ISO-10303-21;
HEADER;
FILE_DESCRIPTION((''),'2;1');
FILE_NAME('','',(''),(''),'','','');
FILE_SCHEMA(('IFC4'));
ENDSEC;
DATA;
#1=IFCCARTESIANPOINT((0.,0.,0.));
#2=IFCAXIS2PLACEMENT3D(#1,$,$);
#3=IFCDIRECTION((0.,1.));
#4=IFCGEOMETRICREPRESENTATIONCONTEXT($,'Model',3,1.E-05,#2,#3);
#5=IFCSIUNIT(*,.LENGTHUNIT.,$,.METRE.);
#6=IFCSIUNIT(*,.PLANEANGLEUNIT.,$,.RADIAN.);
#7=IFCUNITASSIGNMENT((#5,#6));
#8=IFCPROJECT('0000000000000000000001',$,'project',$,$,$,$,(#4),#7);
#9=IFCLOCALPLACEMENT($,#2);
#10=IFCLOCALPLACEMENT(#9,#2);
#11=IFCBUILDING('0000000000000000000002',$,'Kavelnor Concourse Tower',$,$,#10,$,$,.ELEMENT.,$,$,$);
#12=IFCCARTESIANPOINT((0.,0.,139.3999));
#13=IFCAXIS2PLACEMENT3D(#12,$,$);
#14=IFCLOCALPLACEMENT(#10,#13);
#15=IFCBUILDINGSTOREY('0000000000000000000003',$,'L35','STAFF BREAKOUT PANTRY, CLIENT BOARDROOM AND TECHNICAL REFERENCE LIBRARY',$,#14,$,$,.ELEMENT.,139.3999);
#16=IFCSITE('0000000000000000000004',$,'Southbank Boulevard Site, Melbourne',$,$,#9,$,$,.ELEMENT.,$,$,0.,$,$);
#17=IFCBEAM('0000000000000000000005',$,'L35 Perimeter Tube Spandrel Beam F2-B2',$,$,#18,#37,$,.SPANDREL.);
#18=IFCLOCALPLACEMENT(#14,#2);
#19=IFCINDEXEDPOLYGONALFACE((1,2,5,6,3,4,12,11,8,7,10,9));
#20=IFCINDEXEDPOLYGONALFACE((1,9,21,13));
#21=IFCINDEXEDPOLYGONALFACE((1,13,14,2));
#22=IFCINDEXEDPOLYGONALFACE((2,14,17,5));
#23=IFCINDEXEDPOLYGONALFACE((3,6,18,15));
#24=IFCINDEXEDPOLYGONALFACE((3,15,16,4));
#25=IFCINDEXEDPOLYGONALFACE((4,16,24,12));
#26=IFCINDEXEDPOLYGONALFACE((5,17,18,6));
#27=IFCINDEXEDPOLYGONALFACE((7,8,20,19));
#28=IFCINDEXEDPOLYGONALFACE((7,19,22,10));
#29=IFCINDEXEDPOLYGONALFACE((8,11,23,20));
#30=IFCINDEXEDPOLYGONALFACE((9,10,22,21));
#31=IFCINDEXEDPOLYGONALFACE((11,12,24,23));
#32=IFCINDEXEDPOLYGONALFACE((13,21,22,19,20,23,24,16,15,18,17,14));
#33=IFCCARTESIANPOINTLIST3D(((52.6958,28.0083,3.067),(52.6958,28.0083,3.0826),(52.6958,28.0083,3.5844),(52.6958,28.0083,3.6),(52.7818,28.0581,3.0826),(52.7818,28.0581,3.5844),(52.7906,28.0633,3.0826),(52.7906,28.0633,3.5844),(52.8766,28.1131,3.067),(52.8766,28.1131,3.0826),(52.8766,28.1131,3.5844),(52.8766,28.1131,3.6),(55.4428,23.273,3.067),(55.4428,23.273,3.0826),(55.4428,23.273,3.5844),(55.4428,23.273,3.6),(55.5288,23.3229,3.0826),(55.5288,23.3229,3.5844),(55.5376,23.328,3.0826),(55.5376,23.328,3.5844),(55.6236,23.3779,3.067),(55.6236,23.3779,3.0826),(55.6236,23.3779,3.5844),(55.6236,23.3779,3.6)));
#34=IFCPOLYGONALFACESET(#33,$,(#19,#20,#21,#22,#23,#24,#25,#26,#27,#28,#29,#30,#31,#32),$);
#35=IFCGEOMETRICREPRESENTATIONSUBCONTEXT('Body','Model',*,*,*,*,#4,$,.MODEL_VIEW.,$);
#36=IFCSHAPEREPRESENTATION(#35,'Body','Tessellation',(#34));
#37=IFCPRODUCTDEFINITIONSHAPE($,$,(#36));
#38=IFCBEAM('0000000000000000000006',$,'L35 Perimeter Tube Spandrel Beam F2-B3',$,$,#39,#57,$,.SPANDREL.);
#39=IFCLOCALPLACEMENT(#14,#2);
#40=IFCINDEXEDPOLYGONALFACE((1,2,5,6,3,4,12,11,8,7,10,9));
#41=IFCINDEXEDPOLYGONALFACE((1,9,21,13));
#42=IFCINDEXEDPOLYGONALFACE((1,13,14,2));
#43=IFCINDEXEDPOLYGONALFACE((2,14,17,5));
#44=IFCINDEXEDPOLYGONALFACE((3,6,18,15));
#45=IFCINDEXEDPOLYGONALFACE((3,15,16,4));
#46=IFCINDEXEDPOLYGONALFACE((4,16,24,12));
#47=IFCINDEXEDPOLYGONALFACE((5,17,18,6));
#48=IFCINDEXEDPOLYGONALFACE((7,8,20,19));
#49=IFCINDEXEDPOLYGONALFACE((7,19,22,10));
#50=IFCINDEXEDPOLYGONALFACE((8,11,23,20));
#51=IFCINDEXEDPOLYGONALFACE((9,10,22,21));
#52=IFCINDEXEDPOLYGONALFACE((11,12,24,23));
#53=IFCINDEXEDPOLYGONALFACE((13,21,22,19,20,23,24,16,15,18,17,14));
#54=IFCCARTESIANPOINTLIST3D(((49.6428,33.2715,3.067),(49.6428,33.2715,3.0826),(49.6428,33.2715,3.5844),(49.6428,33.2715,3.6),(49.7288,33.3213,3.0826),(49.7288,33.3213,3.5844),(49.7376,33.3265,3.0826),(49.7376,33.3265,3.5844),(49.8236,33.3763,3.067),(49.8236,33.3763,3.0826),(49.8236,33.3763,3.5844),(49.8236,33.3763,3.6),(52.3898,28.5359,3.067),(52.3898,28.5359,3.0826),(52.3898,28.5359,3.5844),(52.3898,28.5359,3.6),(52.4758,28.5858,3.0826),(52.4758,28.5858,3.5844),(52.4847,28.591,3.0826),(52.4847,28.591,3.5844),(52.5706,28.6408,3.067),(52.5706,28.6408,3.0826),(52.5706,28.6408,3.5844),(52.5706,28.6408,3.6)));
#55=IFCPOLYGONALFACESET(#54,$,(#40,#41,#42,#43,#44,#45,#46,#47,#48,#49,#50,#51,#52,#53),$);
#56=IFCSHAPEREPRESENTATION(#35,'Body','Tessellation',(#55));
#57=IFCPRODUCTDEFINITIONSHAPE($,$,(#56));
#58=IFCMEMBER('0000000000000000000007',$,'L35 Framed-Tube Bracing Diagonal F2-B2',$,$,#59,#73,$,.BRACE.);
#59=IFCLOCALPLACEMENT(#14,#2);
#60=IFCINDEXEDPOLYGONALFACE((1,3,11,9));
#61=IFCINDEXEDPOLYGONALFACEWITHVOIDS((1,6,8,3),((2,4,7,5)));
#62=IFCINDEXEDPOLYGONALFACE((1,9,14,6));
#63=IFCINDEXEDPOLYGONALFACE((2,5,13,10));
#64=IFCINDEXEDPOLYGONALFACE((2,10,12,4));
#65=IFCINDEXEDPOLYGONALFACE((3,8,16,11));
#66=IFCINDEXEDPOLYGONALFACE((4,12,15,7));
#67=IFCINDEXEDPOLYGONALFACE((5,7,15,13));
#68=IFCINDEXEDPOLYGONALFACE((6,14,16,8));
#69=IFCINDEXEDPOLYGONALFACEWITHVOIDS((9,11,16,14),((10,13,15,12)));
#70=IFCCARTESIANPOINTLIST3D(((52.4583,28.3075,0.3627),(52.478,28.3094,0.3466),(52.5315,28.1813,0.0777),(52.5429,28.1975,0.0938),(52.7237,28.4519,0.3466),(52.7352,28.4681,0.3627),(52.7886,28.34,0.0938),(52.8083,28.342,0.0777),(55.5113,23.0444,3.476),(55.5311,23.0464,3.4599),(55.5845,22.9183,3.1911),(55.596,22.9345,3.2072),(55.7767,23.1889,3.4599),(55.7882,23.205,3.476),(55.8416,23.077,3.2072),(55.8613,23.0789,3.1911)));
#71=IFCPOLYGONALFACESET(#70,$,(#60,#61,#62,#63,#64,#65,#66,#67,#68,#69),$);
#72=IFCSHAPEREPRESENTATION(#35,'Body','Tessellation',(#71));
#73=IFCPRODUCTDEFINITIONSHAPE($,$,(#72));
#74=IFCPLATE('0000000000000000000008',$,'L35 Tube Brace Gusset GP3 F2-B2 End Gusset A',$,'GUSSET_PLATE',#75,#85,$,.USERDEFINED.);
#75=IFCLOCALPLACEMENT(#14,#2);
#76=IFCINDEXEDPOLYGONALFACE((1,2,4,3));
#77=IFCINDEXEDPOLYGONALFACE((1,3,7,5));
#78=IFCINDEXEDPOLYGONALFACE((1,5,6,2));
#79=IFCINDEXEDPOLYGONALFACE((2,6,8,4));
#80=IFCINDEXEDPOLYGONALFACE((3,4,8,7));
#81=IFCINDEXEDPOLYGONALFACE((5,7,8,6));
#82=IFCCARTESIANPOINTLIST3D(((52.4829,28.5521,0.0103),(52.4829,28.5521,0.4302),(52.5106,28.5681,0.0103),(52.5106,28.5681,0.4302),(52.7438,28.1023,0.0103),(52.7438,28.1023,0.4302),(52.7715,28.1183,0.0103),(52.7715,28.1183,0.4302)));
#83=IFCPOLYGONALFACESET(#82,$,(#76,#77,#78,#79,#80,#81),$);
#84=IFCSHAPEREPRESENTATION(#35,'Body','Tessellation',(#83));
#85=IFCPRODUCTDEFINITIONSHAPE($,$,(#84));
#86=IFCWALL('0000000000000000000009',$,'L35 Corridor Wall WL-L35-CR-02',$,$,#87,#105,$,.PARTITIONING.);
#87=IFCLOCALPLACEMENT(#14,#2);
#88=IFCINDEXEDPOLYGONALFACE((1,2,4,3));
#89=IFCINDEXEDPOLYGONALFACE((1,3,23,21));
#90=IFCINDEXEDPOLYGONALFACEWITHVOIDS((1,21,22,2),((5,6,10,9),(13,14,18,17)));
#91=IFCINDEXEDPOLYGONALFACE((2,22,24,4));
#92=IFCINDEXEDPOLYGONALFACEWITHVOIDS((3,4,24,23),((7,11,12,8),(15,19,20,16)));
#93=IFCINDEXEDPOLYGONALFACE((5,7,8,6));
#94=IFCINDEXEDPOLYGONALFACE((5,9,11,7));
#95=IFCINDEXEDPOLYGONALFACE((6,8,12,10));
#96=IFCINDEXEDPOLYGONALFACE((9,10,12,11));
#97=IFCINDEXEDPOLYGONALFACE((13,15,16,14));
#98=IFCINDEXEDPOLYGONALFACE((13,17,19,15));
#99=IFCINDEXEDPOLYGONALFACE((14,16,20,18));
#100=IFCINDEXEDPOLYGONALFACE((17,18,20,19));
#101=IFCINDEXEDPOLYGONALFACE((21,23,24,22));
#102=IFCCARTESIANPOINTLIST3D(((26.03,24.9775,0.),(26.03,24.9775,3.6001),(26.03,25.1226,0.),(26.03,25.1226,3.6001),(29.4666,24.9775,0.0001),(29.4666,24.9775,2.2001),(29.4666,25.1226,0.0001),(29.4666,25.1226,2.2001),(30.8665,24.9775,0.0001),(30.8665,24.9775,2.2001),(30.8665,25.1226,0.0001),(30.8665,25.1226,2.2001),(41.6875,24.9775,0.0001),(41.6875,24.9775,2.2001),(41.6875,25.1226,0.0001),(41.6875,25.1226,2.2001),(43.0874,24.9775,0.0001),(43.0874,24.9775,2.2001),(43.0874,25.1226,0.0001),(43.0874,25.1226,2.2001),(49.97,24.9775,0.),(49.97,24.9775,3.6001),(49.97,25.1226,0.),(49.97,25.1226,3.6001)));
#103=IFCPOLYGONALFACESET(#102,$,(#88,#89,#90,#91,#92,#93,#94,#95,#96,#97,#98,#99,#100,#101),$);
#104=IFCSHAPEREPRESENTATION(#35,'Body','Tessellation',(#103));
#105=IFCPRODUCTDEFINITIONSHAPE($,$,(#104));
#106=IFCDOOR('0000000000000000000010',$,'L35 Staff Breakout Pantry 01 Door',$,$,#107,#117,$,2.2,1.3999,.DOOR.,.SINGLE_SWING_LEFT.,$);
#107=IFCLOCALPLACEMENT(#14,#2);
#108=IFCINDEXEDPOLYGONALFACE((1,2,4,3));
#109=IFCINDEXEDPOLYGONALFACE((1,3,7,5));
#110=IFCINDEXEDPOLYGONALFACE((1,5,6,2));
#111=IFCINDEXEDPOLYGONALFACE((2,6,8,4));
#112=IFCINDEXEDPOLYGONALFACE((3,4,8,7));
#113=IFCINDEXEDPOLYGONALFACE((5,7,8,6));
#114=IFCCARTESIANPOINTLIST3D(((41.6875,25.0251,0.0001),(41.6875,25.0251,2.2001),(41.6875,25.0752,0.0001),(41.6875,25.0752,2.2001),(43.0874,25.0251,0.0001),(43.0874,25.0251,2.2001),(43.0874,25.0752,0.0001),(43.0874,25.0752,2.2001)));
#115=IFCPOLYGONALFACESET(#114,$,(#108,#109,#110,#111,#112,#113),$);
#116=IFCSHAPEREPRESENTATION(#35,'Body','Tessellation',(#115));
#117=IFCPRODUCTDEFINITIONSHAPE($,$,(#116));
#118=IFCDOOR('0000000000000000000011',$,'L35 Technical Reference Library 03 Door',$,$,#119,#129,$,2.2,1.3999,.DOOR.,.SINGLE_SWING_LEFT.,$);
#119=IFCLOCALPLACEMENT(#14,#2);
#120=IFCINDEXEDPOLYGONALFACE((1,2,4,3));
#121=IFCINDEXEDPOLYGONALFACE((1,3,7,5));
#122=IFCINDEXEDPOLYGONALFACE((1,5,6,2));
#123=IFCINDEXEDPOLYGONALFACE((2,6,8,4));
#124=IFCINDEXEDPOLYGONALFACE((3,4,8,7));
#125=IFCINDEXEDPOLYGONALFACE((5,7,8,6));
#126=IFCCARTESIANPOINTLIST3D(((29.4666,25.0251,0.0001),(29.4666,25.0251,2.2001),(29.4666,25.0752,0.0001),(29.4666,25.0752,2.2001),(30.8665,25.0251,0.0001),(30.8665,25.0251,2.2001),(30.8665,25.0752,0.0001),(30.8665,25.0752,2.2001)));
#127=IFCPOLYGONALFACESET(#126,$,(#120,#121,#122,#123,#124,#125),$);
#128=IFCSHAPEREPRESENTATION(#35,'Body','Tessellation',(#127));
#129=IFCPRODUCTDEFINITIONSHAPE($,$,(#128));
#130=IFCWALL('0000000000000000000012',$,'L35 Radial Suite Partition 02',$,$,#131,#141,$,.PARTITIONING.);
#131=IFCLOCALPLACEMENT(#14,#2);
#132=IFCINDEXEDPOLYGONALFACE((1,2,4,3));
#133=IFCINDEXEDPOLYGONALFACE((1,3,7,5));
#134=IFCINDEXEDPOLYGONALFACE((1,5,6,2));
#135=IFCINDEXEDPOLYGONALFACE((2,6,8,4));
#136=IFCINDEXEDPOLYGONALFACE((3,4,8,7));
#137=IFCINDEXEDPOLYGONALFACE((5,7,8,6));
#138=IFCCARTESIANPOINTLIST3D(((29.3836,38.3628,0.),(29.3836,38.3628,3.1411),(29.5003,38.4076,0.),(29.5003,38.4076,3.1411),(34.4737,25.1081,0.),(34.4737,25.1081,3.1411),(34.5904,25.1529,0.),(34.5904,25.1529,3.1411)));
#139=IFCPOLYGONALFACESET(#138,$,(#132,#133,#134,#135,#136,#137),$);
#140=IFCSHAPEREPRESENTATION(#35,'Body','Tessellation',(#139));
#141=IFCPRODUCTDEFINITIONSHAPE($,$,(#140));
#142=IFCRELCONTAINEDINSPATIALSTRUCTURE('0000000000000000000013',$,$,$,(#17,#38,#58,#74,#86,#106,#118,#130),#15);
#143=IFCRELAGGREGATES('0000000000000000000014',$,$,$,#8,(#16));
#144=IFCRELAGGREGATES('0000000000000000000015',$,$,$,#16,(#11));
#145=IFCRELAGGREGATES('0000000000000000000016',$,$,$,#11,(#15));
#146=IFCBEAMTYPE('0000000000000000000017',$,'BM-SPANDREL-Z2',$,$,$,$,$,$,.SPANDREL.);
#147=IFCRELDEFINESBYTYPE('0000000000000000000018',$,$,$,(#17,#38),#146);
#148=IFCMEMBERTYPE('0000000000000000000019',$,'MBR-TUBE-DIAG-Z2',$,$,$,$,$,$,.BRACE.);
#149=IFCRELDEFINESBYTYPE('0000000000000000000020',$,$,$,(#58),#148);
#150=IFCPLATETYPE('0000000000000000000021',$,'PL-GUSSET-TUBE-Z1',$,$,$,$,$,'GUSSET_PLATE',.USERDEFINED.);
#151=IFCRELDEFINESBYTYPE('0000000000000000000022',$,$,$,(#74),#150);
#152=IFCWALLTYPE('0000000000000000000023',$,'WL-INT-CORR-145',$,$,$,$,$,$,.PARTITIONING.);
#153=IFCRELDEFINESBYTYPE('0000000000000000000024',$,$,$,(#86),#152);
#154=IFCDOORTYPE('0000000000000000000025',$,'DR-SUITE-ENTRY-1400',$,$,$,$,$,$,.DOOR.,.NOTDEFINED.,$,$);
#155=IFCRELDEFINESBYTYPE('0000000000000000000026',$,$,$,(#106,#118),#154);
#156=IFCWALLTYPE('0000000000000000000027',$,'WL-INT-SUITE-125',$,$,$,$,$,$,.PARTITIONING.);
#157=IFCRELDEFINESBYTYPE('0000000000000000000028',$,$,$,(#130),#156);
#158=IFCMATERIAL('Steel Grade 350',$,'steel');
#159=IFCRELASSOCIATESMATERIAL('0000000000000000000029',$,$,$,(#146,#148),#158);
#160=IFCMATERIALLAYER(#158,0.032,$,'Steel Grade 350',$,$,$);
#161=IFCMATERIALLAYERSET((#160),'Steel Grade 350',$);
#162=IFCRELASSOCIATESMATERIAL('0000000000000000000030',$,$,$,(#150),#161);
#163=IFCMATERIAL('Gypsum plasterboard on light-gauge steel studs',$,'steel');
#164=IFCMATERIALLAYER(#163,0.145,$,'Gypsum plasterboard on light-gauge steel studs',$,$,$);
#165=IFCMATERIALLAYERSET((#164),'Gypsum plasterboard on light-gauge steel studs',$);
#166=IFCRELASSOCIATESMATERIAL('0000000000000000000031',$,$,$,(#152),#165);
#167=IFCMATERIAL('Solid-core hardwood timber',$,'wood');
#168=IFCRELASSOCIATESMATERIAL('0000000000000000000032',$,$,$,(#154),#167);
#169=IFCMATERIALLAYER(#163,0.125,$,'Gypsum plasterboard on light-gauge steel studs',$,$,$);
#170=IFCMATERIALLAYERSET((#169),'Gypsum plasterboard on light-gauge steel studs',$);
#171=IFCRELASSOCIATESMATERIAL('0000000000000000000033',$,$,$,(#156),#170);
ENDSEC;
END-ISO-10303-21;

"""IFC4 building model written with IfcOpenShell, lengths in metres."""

from ifc_helpers import new_model, si_unit, direction, frame, frame_2d, origin, origin_2d, place, context, subcontext, project, spatial, rectangle, hollow_rectangle, i_section, extrude, material, layer, layer_set, material_profile, profile_set, type_object, element, fill, save


model = new_model("IFC4")

# Units and contexts
model_context = context("Model", 3, precision=1e-05, world=origin(), true_north=direction((0.0, 1.0)))
body_context = subcontext(model_context, "Body", "Model", "MODEL_VIEW")
ifc_project = project(units=[si_unit("LENGTHUNIT", "METRE"), si_unit("PLANEANGLEUNIT", "RADIAN")], contexts=[model_context])

# Site, building, storey
site_placement = place(None, origin())
site = spatial("IfcSite", under=ifc_project, at=site_placement, Name="Southbank Boulevard Site, Melbourne", CompositionType="ELEMENT", RefElevation=0.0)
building_placement = place(site_placement, origin())
building = spatial("IfcBuilding", under=site, at=building_placement, Name="Kavelnor Concourse Tower", CompositionType="ELEMENT")
storey_placement = place(building_placement, frame((0.0, 0.0, 139.3999)))
storey = spatial("IfcBuildingStorey", under=building, at=storey_placement, Name="L35", Description="STAFF BREAKOUT PANTRY, CLIENT BOARDROOM AND TECHNICAL REFERENCE LIBRARY", CompositionType="ELEMENT", Elevation=139.3999)

# Shared definitions
ifc_material_1 = material(Name="Steel Grade 350", Category="steel")

# Beams
ifc_material_profile_1 = material_profile(ifc_material_1, i_section(OverallWidth=0.209, OverallDepth=0.533, WebThickness=0.0103, FlangeThickness=0.0156, at=origin_2d()), Name="530UB92")
ifc_profile_set_1 = profile_set([ifc_material_profile_1], Name="Steel Grade 350")
beam_type_1 = type_object("IfcBeamType", Name="BM-SPANDREL-Z2", PredefinedType="SPANDREL", material=ifc_profile_set_1)
beam_1_placement = place(storey_placement, frame((55.5332, 23.3254, 3.3335), z_axis=(-0.501796, 0.864986, 0.0), x_axis=(-0.864986, -0.501796, 0.0)))
element("IfcBeam", 1, at=beam_1_placement, inside=storey, type_object=beam_type_1, Name="L35 Perimeter Tube Spandrel Beam F2-B2", PredefinedType="SPANDREL", context=body_context, shape_type="SweptSolid", body=[
    extrude(i_section(OverallWidth=0.209, OverallDepth=0.533, WebThickness=0.0103, FlangeThickness=0.0156, at=origin_2d()), origin(), (0.0, 0.0, 1.0), 5.4744),
])
beam_2_placement = place(storey_placement, frame((52.4802, 28.5884, 3.3335), z_axis=(-0.501776, 0.864998, 0.0), x_axis=(-0.864998, -0.501776, 0.0)))
element("IfcBeam", 2, at=beam_2_placement, inside=storey, type_object=beam_type_1, Name="L35 Perimeter Tube Spandrel Beam F2-B3", PredefinedType="SPANDREL", context=body_context, shape_type="SweptSolid", body=[
    extrude(i_section(OverallWidth=0.209, OverallDepth=0.533, WebThickness=0.0103, FlangeThickness=0.0156, at=origin_2d()), origin(), (0.0, 0.0, 1.0), 5.4746),
])

# Member
ifc_material_profile_2 = material_profile(ifc_material_1, hollow_rectangle(XDim=0.3201, YDim=0.3201, WallThickness=0.0181, at=origin_2d()), Name="SHS 320x320x18")
ifc_profile_set_2 = profile_set([ifc_material_profile_2], Name="Steel Grade 350")
member_type = type_object("IfcMemberType", Name="MBR-TUBE-DIAG-Z2", PredefinedType="BRACE", material=ifc_profile_set_2)
member_placement = place(storey_placement, frame((52.6333, 28.3247, 0.2202), z_axis=(0.446695, -0.770044, 0.455518), x_axis=(0.864997, 0.501776, 0.0)))
element("IfcMember", 3, at=member_placement, inside=storey, type_object=member_type, Name="L35 Framed-Tube Bracing Diagonal F2-B2", PredefinedType="BRACE", context=body_context, shape_type="SweptSolid", body=[
    extrude(hollow_rectangle(XDim=0.3201, YDim=0.3201, WallThickness=0.0181, at=origin_2d()), origin(), (0.0, 0.0, 1.0), 6.8347),
])

# Plate
ifc_layer_1 = layer(ifc_material_1, 0.032, Name="Steel Grade 350")
ifc_layer_set_1 = layer_set([ifc_layer_1], Name="Steel Grade 350")
plate_type = type_object("IfcPlateType", Name="PL-GUSSET-TUBE-Z1", ElementType="GUSSET_PLATE", PredefinedType="USERDEFINED", material=ifc_layer_set_1)
plate_placement = place(storey_placement, frame((52.6272, 28.3352, 0.0103), z_axis=(0.0, 0.0, 1.0), x_axis=(0.501813, -0.864976, 0.0)))
element("IfcPlate", 4, at=plate_placement, inside=storey, type_object=plate_type, Name="L35 Tube Brace Gusset GP3 F2-B2 End Gusset A", ObjectType="GUSSET_PLATE", PredefinedType="USERDEFINED", context=body_context, shape_type="SweptSolid", body=[
    extrude(rectangle(XDim=0.52, YDim=0.032, at=origin_2d()), origin(), (0.0, 0.0, 1.0), 0.4199),
])

# Wall, openings, doors
ifc_material_2 = material(Name="Gypsum plasterboard on light-gauge steel studs", Category="steel")
ifc_layer_2 = layer(ifc_material_2, 0.145, Name="Gypsum plasterboard on light-gauge steel studs")
ifc_layer_set_2 = layer_set([ifc_layer_2], Name="Gypsum plasterboard on light-gauge steel studs")
wall_type_1 = type_object("IfcWallType", Name="WL-INT-CORR-145", PredefinedType="PARTITIONING", material=ifc_layer_set_2)
wall_1_placement = place(storey_placement, frame((49.97, 25.05, 0.0), z_axis=(0.0, 0.0, 1.0), x_axis=(-1.0, 0.0, 0.0)))
wall_1 = element("IfcWall", 5, at=wall_1_placement, inside=storey, type_object=wall_type_1, Name="L35 Corridor Wall WL-L35-CR-02", PredefinedType="PARTITIONING", context=body_context, shape_type="SweptSolid", body=[
    extrude(rectangle(XDim=23.9399, YDim=0.145, at=frame_2d((11.97, 0.0))), origin(), (0.0, 0.0, 1.0), 3.6001),
])
opening_1_placement = place(wall_1_placement, frame((6.8826, 0.0, 0.0)))
opening_1 = element("IfcOpeningElement", 6, at=opening_1_placement, cuts=wall_1, PredefinedType="OPENING", context=body_context, shape_type="SweptSolid", body=[
    extrude(rectangle(XDim=1.3999, YDim=2.2, at=frame_2d((0.7, 1.1001))), frame((0.0, 0.0825, 0.0), z_axis=(0.0, -1.0, 0.0), x_axis=(1.0, 0.0, 0.0)), (0.0, 0.0, 1.0), 0.165),
])
opening_2_placement = place(wall_1_placement, frame((19.1035, 0.0, 0.0)))
opening_2 = element("IfcOpeningElement", 7, at=opening_2_placement, cuts=wall_1, PredefinedType="OPENING", context=body_context, shape_type="SweptSolid", body=[
    extrude(rectangle(XDim=1.3999, YDim=2.2, at=frame_2d((0.7, 1.1001))), frame((0.0, 0.0825, 0.0), z_axis=(0.0, -1.0, 0.0), x_axis=(1.0, 0.0, 0.0)), (0.0, 0.0, 1.0), 0.165),
])
ifc_material_3 = material(Name="Solid-core hardwood timber", Category="wood")
door_type = type_object("IfcDoorType", Name="DR-SUITE-ENTRY-1400", OperationType="NOTDEFINED", PredefinedType="DOOR", material=ifc_material_3)
door_1_placement = place(opening_1_placement, origin())
door_1 = element("IfcDoor", 8, at=door_1_placement, inside=storey, type_object=door_type, Name="L35 Staff Breakout Pantry 01 Door", OperationType="SINGLE_SWING_LEFT", OverallHeight=2.2, OverallWidth=1.3999, PredefinedType="DOOR", context=body_context, shape_type="SweptSolid", body=[
    extrude(rectangle(XDim=1.3999, YDim=2.2, at=frame_2d((0.7, 1.1001))), frame((0.0, 0.0249, 0.0), z_axis=(0.0, -1.0, 0.0), x_axis=(1.0, 0.0, 0.0)), (0.0, 0.0, 1.0), 0.05),
])
fill(opening_1, door_1)
door_2_placement = place(opening_2_placement, origin())
door_2 = element("IfcDoor", 9, at=door_2_placement, inside=storey, type_object=door_type, Name="L35 Technical Reference Library 03 Door", OperationType="SINGLE_SWING_LEFT", OverallHeight=2.2, OverallWidth=1.3999, PredefinedType="DOOR", context=body_context, shape_type="SweptSolid", body=[
    extrude(rectangle(XDim=1.3999, YDim=2.2, at=frame_2d((0.7, 1.1001))), frame((0.0, 0.0249, 0.0), z_axis=(0.0, -1.0, 0.0), x_axis=(1.0, 0.0, 0.0)), (0.0, 0.0, 1.0), 0.05),
])
fill(opening_2, door_2)

# Wall
ifc_layer_3 = layer(ifc_material_2, 0.125, Name="Gypsum plasterboard on light-gauge steel studs")
ifc_layer_set_3 = layer_set([ifc_layer_3], Name="Gypsum plasterboard on light-gauge steel studs")
wall_type_2 = type_object("IfcWallType", Name="WL-INT-SUITE-125", PredefinedType="PARTITIONING", material=ifc_layer_set_3)
wall_2_placement = place(storey_placement, frame((34.532, 25.1306, 0.0), z_axis=(0.0, 0.0, 1.0), x_axis=(-0.358497, 0.933531, 0.0)))
element("IfcWall", 10, at=wall_2_placement, inside=storey, type_object=wall_type_2, Name="L35 Radial Suite Partition 02", PredefinedType="PARTITIONING", context=body_context, shape_type="SweptSolid", body=[
    extrude(rectangle(XDim=14.1985, YDim=0.125, at=frame_2d((7.0991, 0.0))), origin(), (0.0, 0.0, 1.0), 3.1411),
])

save(model, "model.ifc")
